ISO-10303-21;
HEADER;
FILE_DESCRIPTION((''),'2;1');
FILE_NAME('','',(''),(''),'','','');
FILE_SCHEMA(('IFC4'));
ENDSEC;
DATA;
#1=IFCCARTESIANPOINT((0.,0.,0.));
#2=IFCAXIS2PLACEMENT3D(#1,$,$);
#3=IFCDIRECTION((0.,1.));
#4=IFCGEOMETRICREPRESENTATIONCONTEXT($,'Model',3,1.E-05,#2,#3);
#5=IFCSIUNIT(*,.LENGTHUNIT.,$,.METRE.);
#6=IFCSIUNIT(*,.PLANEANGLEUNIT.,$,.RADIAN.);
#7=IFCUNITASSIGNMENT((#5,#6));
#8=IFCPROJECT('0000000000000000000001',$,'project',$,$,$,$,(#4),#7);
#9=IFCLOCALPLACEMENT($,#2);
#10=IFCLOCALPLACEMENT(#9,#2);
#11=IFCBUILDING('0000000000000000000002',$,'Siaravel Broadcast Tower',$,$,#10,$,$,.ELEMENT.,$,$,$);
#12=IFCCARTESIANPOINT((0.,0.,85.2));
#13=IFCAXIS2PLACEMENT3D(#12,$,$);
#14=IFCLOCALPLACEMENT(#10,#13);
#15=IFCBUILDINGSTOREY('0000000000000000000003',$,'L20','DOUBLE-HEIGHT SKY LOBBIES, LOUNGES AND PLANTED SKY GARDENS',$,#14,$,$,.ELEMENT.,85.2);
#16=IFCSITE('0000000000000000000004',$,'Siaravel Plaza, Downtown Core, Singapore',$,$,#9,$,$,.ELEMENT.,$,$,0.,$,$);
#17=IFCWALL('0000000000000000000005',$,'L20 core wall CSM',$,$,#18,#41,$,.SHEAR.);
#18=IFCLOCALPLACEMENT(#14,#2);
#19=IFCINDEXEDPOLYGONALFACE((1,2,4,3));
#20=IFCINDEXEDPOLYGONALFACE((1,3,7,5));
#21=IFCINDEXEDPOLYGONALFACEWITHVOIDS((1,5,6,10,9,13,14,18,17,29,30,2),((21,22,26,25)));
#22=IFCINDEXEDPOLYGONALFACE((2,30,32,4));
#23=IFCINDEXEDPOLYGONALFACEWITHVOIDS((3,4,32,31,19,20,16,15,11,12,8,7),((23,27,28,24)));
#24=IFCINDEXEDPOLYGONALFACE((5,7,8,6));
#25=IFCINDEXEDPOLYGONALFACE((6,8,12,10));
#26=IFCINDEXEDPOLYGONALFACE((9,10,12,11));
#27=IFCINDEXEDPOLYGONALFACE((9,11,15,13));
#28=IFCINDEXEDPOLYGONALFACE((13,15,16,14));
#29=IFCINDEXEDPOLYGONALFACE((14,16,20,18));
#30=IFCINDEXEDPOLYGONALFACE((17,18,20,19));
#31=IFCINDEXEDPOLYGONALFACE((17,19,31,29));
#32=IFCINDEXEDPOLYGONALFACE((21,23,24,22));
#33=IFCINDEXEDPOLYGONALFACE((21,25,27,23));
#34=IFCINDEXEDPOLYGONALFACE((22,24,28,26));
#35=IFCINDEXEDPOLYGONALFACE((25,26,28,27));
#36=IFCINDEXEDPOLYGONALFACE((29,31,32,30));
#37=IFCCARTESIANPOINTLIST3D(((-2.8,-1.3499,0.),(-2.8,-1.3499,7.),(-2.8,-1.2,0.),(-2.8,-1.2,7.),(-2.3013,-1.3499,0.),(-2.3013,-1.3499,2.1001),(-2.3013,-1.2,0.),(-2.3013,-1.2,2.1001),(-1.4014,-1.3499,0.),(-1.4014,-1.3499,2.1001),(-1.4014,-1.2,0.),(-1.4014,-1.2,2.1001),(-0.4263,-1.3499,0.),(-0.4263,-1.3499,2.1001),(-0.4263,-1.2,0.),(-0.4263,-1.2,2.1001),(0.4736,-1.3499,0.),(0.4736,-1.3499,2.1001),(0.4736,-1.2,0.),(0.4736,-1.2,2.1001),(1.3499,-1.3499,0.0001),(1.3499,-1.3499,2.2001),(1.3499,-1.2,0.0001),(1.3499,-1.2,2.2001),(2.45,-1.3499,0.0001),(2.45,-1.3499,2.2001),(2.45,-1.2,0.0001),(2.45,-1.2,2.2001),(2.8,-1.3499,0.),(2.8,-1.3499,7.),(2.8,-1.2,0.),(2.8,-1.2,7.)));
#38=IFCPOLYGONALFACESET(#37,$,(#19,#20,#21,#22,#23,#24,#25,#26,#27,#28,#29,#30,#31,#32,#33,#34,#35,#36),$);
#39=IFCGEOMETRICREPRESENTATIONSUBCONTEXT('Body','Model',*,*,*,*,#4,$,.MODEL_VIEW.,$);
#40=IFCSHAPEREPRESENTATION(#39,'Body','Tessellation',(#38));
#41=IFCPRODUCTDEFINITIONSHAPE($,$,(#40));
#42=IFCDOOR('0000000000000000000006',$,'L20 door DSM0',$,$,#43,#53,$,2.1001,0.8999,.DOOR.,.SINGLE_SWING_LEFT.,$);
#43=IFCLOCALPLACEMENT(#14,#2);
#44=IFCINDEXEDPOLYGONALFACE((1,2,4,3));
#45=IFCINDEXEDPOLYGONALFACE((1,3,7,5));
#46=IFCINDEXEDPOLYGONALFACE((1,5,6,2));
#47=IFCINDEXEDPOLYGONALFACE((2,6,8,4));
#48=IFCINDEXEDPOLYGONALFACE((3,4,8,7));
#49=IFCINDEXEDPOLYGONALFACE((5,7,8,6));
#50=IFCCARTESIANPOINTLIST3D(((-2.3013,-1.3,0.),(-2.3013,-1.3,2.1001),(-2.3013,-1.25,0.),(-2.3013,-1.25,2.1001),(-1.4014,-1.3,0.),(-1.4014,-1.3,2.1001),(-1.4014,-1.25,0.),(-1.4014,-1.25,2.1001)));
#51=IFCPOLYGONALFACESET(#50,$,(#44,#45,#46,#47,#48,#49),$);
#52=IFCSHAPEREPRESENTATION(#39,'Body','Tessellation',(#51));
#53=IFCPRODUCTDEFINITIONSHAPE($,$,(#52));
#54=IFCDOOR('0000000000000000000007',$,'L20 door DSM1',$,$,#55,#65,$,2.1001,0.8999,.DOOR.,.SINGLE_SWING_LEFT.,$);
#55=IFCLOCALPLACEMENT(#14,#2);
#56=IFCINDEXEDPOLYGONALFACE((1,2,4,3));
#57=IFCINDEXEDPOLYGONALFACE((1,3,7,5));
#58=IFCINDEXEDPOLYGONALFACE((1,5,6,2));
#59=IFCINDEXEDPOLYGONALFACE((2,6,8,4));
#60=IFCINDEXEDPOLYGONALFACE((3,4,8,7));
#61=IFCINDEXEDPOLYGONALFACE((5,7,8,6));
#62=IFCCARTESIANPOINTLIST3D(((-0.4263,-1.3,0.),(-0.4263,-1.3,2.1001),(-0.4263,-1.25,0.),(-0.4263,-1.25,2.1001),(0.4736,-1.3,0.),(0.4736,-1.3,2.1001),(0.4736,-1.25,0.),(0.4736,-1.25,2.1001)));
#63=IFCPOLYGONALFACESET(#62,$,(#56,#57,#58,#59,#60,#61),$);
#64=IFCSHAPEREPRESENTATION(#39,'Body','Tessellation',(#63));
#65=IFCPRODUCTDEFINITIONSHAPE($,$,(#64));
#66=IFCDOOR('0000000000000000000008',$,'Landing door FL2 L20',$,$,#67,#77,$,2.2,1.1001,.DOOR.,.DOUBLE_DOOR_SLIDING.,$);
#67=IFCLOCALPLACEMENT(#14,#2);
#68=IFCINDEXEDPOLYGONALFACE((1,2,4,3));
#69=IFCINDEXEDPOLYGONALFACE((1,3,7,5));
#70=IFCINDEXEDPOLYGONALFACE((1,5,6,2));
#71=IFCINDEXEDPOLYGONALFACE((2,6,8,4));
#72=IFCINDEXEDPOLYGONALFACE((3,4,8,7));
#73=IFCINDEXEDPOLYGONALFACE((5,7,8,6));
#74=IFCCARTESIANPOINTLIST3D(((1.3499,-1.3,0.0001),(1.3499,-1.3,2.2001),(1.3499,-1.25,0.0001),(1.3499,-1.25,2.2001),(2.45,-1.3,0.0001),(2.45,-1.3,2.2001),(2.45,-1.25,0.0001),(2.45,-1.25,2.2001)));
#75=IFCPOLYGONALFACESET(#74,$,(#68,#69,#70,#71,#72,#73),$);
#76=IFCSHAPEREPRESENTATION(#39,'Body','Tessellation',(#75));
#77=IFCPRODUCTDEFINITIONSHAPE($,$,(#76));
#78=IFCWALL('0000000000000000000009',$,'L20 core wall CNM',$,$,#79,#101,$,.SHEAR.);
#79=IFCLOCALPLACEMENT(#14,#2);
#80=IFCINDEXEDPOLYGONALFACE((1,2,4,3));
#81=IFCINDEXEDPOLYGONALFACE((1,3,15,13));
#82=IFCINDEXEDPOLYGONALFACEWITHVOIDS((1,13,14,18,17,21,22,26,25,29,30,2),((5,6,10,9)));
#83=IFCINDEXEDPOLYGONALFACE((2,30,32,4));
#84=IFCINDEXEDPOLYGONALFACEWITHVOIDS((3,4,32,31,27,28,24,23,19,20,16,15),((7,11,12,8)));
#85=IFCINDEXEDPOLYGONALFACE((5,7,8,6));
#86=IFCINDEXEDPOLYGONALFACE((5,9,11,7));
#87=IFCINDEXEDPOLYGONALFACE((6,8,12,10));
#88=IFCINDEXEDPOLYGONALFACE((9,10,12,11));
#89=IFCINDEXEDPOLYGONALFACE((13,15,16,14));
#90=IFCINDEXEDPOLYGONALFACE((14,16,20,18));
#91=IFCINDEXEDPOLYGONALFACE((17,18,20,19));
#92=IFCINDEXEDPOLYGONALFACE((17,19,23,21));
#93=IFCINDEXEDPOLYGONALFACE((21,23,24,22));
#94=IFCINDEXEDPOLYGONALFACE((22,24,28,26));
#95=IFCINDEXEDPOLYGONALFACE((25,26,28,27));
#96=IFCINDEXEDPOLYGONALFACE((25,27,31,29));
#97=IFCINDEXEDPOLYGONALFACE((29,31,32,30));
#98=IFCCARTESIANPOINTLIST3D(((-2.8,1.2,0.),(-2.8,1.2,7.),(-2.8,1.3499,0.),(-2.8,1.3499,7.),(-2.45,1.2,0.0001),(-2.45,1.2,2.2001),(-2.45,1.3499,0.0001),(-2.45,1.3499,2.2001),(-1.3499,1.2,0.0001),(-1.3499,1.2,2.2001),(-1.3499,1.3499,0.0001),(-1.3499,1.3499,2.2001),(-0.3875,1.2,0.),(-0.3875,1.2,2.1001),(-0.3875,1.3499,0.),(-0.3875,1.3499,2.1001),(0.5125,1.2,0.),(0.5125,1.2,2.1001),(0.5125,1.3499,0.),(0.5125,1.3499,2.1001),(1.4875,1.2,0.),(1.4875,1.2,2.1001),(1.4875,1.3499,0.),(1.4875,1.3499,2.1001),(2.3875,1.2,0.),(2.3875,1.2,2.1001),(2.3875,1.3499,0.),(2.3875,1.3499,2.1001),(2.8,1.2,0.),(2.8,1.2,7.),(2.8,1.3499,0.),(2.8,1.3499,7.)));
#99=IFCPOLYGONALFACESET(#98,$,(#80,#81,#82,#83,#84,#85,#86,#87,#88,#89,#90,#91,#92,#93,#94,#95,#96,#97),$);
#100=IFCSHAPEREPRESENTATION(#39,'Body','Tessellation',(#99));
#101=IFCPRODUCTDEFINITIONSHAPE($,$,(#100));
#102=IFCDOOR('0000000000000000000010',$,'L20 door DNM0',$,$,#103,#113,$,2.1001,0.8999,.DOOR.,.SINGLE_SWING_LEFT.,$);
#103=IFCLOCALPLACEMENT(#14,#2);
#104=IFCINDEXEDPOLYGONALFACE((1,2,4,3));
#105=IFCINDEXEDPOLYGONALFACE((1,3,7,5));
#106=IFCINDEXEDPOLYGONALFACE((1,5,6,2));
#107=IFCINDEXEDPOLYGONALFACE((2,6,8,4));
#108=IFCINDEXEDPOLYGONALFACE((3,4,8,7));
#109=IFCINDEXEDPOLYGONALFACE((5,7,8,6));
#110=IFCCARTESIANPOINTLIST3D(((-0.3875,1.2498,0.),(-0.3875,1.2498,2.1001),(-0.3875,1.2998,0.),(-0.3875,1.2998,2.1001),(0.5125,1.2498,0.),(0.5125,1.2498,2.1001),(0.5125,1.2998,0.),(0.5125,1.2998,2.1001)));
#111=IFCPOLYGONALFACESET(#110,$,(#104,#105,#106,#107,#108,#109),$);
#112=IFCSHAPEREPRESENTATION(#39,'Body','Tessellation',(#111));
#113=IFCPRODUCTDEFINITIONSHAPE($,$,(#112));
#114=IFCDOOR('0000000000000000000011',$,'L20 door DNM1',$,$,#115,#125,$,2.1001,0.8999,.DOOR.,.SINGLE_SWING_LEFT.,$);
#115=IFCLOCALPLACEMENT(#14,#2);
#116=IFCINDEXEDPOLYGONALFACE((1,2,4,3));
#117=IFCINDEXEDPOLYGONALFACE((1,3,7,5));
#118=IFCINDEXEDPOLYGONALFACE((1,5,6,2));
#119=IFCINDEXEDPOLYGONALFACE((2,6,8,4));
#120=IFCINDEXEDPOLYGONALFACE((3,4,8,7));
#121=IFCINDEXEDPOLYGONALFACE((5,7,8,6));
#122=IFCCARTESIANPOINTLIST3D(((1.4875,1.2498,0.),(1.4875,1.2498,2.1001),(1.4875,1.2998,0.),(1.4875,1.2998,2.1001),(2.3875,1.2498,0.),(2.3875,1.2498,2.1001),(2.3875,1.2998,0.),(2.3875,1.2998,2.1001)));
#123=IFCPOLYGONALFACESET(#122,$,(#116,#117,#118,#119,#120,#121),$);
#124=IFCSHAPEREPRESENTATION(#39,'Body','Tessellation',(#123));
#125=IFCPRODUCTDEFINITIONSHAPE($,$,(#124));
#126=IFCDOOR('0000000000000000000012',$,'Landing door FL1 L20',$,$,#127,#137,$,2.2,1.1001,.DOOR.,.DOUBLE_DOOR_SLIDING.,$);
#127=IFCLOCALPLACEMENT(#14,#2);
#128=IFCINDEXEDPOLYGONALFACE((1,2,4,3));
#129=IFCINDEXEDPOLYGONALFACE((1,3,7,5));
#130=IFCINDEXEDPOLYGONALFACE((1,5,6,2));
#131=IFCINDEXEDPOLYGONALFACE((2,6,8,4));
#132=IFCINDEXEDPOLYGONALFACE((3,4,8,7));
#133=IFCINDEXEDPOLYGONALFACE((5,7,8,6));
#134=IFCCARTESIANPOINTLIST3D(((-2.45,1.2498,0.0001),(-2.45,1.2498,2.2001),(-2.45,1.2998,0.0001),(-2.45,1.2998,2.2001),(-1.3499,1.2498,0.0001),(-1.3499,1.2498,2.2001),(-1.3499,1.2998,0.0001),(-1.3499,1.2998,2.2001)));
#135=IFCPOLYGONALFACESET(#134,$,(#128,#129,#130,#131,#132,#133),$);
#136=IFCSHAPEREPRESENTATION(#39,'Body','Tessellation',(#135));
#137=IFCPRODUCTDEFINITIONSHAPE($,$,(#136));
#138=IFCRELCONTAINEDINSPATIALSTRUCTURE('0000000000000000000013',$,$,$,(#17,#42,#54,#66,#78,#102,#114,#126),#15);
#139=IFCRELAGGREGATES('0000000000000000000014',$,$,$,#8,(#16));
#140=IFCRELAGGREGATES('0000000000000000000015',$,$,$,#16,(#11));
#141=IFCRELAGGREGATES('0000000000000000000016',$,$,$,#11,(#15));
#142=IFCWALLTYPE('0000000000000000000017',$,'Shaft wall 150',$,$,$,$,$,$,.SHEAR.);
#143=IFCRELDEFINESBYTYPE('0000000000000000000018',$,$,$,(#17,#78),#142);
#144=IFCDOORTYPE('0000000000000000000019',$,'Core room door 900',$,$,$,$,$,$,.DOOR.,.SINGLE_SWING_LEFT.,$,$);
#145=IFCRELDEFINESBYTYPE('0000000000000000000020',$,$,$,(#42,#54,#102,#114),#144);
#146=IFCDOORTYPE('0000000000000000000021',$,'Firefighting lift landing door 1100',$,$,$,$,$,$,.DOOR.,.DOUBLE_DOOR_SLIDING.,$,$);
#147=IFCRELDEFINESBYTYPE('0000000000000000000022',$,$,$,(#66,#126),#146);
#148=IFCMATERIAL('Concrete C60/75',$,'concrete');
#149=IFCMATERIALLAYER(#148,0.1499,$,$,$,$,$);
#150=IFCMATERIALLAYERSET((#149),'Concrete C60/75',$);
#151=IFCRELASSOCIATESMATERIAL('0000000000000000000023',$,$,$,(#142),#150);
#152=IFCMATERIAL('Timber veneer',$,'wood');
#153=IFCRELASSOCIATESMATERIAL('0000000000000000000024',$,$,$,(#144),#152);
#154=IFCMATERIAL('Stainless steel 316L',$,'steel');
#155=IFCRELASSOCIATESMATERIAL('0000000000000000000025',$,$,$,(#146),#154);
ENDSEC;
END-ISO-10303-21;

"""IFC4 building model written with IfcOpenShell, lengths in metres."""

from ifc_helpers import new_model, si_unit, direction, frame, frame_2d, origin, place, context, subcontext, project, spatial, rectangle, extrude, material, layer, layer_set, type_object, element, fill, save


model = new_model("IFC4")

# Units and contexts
model_context = context("Model", 3, precision=1e-05, world=origin(), true_north=direction((0.0, 1.0)))
body_context = subcontext(model_context, "Body", "Model", "MODEL_VIEW")
ifc_project = project(units=[si_unit("LENGTHUNIT", "METRE"), si_unit("PLANEANGLEUNIT", "RADIAN")], contexts=[model_context])

# Site, building, storey
site_placement = place(None, origin())
site = spatial("IfcSite", under=ifc_project, at=site_placement, Name="Siaravel Plaza, Downtown Core, Singapore", CompositionType="ELEMENT", RefElevation=0.0)
building_placement = place(site_placement, origin())
building = spatial("IfcBuilding", under=site, at=building_placement, Name="Siaravel Broadcast Tower", CompositionType="ELEMENT")
storey_placement = place(building_placement, frame((0.0, 0.0, 85.2)))
storey = spatial("IfcBuildingStorey", under=building, at=storey_placement, Name="L20", Description="DOUBLE-HEIGHT SKY LOBBIES, LOUNGES AND PLANTED SKY GARDENS", CompositionType="ELEMENT", Elevation=85.2)

# Walls, openings, doors
ifc_material_1 = material(Name="Concrete C60/75", Category="concrete")
ifc_layer_1 = layer(ifc_material_1, 0.1499)
ifc_layer_set_1 = layer_set([ifc_layer_1], Name="Concrete C60/75")
wall_type_1 = type_object("IfcWallType", Name="Shaft wall 150", PredefinedType="SHEAR", material=ifc_layer_set_1)
wall_1_placement = place(storey_placement, frame((-2.8, -1.2749, 0.0), z_axis=(0.0, 0.0, 1.0), x_axis=(1.0, 0.0, 0.0)))
wall_1 = element("IfcWall", 1, at=wall_1_placement, inside=storey, type_object=wall_type_1, Name="L20 core wall CSM", PredefinedType="SHEAR", context=body_context, shape_type="SweptSolid", body=[
    extrude(rectangle(XDim=5.6001, YDim=0.1499, at=frame_2d((2.8, 0.0))), origin(), (0.0, 0.0, 1.0), 7.0),
])
opening_1_placement = place(wall_1_placement, frame((4.1499, 0.0, 0.0)))
opening_1 = element("IfcOpeningElement", 2, at=opening_1_placement, cuts=wall_1, PredefinedType="OPENING", context=body_context, shape_type="SweptSolid", body=[
    extrude(rectangle(XDim=1.1001, YDim=2.2, at=frame_2d((0.55, 1.1001))), frame((0.0, 0.085, 0.0), z_axis=(0.0, -1.0, 0.0), x_axis=(1.0, 0.0, 0.0)), (0.0, 0.0, 1.0), 0.1699),
])
opening_2_placement = place(wall_1_placement, frame((0.4988, 0.0, 0.0)))
opening_2 = element("IfcOpeningElement", 3, at=opening_2_placement, cuts=wall_1, PredefinedType="OPENING", context=body_context, shape_type="SweptSolid", body=[
    extrude(rectangle(XDim=0.8999, YDim=2.1001, at=frame_2d((0.45, 1.05))), frame((0.0, 0.085, 0.0), z_axis=(0.0, -1.0, 0.0), x_axis=(1.0, 0.0, 0.0)), (0.0, 0.0, 1.0), 0.1699),
])
opening_3_placement = place(wall_1_placement, frame((2.3738, 0.0, 0.0)))
opening_3 = element("IfcOpeningElement", 4, at=opening_3_placement, cuts=wall_1, PredefinedType="OPENING", context=body_context, shape_type="SweptSolid", body=[
    extrude(rectangle(XDim=0.8999, YDim=2.1001, at=frame_2d((0.45, 1.05))), frame((0.0, 0.085, 0.0), z_axis=(0.0, -1.0, 0.0), x_axis=(1.0, 0.0, 0.0)), (0.0, 0.0, 1.0), 0.1699),
])
ifc_material_2 = material(Name="Timber veneer", Category="wood")
door_type_1 = type_object("IfcDoorType", Name="Core room door 900", OperationType="SINGLE_SWING_LEFT", PredefinedType="DOOR", material=ifc_material_2)
door_1_placement = place(opening_2_placement, origin())
door_1 = element("IfcDoor", 5, at=door_1_placement, inside=storey, type_object=door_type_1, Name="L20 door DSM0", OperationType="SINGLE_SWING_LEFT", OverallHeight=2.1001, OverallWidth=0.8999, PredefinedType="DOOR", context=body_context, shape_type="SweptSolid", body=[
    extrude(rectangle(XDim=0.8999, YDim=2.1001, at=frame_2d((0.45, 1.05))), frame((0.0, 0.0249, 0.0), z_axis=(0.0, -1.0, 0.0), x_axis=(1.0, 0.0, 0.0)), (0.0, 0.0, 1.0), 0.05),
])
fill(opening_2, door_1)
door_2_placement = place(opening_3_placement, origin())
door_2 = element("IfcDoor", 6, at=door_2_placement, inside=storey, type_object=door_type_1, Name="L20 door DSM1", OperationType="SINGLE_SWING_LEFT", OverallHeight=2.1001, OverallWidth=0.8999, PredefinedType="DOOR", context=body_context, shape_type="SweptSolid", body=[
    extrude(rectangle(XDim=0.8999, YDim=2.1001, at=frame_2d((0.45, 1.05))), frame((0.0, 0.0249, 0.0), z_axis=(0.0, -1.0, 0.0), x_axis=(1.0, 0.0, 0.0)), (0.0, 0.0, 1.0), 0.05),
])
fill(opening_3, door_2)
ifc_material_3 = material(Name="Stainless steel 316L", Category="steel")
door_type_2 = type_object("IfcDoorType", Name="Firefighting lift landing door 1100", OperationType="DOUBLE_DOOR_SLIDING", PredefinedType="DOOR", material=ifc_material_3)
door_3_placement = place(opening_1_placement, origin())
door_3 = element("IfcDoor", 7, at=door_3_placement, inside=storey, type_object=door_type_2, Name="Landing door FL2 L20", OperationType="DOUBLE_DOOR_SLIDING", OverallHeight=2.2, OverallWidth=1.1001, PredefinedType="DOOR", context=body_context, shape_type="SweptSolid", body=[
    extrude(rectangle(XDim=1.1001, YDim=2.2, at=frame_2d((0.55, 1.1001))), frame((0.0, 0.0249, 0.0), z_axis=(0.0, -1.0, 0.0), x_axis=(1.0, 0.0, 0.0)), (0.0, 0.0, 1.0), 0.05),
])
fill(opening_1, door_3)
wall_2_placement = place(storey_placement, frame((-2.8, 1.2749, 0.0), z_axis=(0.0, 0.0, 1.0), x_axis=(1.0, 0.0, 0.0)))
wall_2 = element("IfcWall", 8, at=wall_2_placement, inside=storey, type_object=wall_type_1, Name="L20 core wall CNM", PredefinedType="SHEAR", context=body_context, shape_type="SweptSolid", body=[
    extrude(rectangle(XDim=5.6001, YDim=0.1499, at=frame_2d((2.8, 0.0))), origin(), (0.0, 0.0, 1.0), 7.0),
])
opening_4_placement = place(wall_2_placement, frame((0.3501, 0.0, 0.0)))
opening_4 = element("IfcOpeningElement", 9, at=opening_4_placement, cuts=wall_2, PredefinedType="OPENING", context=body_context, shape_type="SweptSolid", body=[
    extrude(rectangle(XDim=1.1001, YDim=2.2, at=frame_2d((0.55, 1.1001))), frame((0.0, 0.085, 0.0), z_axis=(0.0, -1.0, 0.0), x_axis=(1.0, 0.0, 0.0)), (0.0, 0.0, 1.0), 0.1699),
])
opening_5_placement = place(wall_2_placement, frame((2.4126, 0.0, 0.0)))
opening_5 = element("IfcOpeningElement", 10, at=opening_5_placement, cuts=wall_2, PredefinedType="OPENING", context=body_context, shape_type="SweptSolid", body=[
    extrude(rectangle(XDim=0.8999, YDim=2.1001, at=frame_2d((0.45, 1.05))), frame((0.0, 0.085, 0.0), z_axis=(0.0, -1.0, 0.0), x_axis=(1.0, 0.0, 0.0)), (0.0, 0.0, 1.0), 0.1699),
])
opening_6_placement = place(wall_2_placement, frame((4.2876, 0.0, 0.0)))
opening_6 = element("IfcOpeningElement", 11, at=opening_6_placement, cuts=wall_2, PredefinedType="OPENING", context=body_context, shape_type="SweptSolid", body=[
    extrude(rectangle(XDim=0.8999, YDim=2.1001, at=frame_2d((0.45, 1.05))), frame((0.0, 0.085, 0.0), z_axis=(0.0, -1.0, 0.0), x_axis=(1.0, 0.0, 0.0)), (0.0, 0.0, 1.0), 0.1699),
])
door_4_placement = place(opening_5_placement, origin())
door_4 = element("IfcDoor", 12, at=door_4_placement, inside=storey, type_object=door_type_1, Name="L20 door DNM0", OperationType="SINGLE_SWING_LEFT", OverallHeight=2.1001, OverallWidth=0.8999, PredefinedType="DOOR", context=body_context, shape_type="SweptSolid", body=[
    extrude(rectangle(XDim=0.8999, YDim=2.1001, at=frame_2d((0.45, 1.05))), frame((0.0, 0.0249, 0.0), z_axis=(0.0, -1.0, 0.0), x_axis=(1.0, 0.0, 0.0)), (0.0, 0.0, 1.0), 0.05),
])
fill(opening_5, door_4)
door_5_placement = place(opening_6_placement, origin())
door_5 = element("IfcDoor", 13, at=door_5_placement, inside=storey, type_object=door_type_1, Name="L20 door DNM1", OperationType="SINGLE_SWING_LEFT", OverallHeight=2.1001, OverallWidth=0.8999, PredefinedType="DOOR", context=body_context, shape_type="SweptSolid", body=[
    extrude(rectangle(XDim=0.8999, YDim=2.1001, at=frame_2d((0.45, 1.05))), frame((0.0, 0.0249, 0.0), z_axis=(0.0, -1.0, 0.0), x_axis=(1.0, 0.0, 0.0)), (0.0, 0.0, 1.0), 0.05),
])
fill(opening_6, door_5)
door_6_placement = place(opening_4_placement, origin())
door_6 = element("IfcDoor", 14, at=door_6_placement, inside=storey, type_object=door_type_2, Name="Landing door FL1 L20", OperationType="DOUBLE_DOOR_SLIDING", OverallHeight=2.2, OverallWidth=1.1001, PredefinedType="DOOR", context=body_context, shape_type="SweptSolid", body=[
    extrude(rectangle(XDim=1.1001, YDim=2.2, at=frame_2d((0.55, 1.1001))), frame((0.0, 0.0249, 0.0), z_axis=(0.0, -1.0, 0.0), x_axis=(1.0, 0.0, 0.0)), (0.0, 0.0, 1.0), 0.05),
])
fill(opening_4, door_6)

save(model, "model.ifc")
